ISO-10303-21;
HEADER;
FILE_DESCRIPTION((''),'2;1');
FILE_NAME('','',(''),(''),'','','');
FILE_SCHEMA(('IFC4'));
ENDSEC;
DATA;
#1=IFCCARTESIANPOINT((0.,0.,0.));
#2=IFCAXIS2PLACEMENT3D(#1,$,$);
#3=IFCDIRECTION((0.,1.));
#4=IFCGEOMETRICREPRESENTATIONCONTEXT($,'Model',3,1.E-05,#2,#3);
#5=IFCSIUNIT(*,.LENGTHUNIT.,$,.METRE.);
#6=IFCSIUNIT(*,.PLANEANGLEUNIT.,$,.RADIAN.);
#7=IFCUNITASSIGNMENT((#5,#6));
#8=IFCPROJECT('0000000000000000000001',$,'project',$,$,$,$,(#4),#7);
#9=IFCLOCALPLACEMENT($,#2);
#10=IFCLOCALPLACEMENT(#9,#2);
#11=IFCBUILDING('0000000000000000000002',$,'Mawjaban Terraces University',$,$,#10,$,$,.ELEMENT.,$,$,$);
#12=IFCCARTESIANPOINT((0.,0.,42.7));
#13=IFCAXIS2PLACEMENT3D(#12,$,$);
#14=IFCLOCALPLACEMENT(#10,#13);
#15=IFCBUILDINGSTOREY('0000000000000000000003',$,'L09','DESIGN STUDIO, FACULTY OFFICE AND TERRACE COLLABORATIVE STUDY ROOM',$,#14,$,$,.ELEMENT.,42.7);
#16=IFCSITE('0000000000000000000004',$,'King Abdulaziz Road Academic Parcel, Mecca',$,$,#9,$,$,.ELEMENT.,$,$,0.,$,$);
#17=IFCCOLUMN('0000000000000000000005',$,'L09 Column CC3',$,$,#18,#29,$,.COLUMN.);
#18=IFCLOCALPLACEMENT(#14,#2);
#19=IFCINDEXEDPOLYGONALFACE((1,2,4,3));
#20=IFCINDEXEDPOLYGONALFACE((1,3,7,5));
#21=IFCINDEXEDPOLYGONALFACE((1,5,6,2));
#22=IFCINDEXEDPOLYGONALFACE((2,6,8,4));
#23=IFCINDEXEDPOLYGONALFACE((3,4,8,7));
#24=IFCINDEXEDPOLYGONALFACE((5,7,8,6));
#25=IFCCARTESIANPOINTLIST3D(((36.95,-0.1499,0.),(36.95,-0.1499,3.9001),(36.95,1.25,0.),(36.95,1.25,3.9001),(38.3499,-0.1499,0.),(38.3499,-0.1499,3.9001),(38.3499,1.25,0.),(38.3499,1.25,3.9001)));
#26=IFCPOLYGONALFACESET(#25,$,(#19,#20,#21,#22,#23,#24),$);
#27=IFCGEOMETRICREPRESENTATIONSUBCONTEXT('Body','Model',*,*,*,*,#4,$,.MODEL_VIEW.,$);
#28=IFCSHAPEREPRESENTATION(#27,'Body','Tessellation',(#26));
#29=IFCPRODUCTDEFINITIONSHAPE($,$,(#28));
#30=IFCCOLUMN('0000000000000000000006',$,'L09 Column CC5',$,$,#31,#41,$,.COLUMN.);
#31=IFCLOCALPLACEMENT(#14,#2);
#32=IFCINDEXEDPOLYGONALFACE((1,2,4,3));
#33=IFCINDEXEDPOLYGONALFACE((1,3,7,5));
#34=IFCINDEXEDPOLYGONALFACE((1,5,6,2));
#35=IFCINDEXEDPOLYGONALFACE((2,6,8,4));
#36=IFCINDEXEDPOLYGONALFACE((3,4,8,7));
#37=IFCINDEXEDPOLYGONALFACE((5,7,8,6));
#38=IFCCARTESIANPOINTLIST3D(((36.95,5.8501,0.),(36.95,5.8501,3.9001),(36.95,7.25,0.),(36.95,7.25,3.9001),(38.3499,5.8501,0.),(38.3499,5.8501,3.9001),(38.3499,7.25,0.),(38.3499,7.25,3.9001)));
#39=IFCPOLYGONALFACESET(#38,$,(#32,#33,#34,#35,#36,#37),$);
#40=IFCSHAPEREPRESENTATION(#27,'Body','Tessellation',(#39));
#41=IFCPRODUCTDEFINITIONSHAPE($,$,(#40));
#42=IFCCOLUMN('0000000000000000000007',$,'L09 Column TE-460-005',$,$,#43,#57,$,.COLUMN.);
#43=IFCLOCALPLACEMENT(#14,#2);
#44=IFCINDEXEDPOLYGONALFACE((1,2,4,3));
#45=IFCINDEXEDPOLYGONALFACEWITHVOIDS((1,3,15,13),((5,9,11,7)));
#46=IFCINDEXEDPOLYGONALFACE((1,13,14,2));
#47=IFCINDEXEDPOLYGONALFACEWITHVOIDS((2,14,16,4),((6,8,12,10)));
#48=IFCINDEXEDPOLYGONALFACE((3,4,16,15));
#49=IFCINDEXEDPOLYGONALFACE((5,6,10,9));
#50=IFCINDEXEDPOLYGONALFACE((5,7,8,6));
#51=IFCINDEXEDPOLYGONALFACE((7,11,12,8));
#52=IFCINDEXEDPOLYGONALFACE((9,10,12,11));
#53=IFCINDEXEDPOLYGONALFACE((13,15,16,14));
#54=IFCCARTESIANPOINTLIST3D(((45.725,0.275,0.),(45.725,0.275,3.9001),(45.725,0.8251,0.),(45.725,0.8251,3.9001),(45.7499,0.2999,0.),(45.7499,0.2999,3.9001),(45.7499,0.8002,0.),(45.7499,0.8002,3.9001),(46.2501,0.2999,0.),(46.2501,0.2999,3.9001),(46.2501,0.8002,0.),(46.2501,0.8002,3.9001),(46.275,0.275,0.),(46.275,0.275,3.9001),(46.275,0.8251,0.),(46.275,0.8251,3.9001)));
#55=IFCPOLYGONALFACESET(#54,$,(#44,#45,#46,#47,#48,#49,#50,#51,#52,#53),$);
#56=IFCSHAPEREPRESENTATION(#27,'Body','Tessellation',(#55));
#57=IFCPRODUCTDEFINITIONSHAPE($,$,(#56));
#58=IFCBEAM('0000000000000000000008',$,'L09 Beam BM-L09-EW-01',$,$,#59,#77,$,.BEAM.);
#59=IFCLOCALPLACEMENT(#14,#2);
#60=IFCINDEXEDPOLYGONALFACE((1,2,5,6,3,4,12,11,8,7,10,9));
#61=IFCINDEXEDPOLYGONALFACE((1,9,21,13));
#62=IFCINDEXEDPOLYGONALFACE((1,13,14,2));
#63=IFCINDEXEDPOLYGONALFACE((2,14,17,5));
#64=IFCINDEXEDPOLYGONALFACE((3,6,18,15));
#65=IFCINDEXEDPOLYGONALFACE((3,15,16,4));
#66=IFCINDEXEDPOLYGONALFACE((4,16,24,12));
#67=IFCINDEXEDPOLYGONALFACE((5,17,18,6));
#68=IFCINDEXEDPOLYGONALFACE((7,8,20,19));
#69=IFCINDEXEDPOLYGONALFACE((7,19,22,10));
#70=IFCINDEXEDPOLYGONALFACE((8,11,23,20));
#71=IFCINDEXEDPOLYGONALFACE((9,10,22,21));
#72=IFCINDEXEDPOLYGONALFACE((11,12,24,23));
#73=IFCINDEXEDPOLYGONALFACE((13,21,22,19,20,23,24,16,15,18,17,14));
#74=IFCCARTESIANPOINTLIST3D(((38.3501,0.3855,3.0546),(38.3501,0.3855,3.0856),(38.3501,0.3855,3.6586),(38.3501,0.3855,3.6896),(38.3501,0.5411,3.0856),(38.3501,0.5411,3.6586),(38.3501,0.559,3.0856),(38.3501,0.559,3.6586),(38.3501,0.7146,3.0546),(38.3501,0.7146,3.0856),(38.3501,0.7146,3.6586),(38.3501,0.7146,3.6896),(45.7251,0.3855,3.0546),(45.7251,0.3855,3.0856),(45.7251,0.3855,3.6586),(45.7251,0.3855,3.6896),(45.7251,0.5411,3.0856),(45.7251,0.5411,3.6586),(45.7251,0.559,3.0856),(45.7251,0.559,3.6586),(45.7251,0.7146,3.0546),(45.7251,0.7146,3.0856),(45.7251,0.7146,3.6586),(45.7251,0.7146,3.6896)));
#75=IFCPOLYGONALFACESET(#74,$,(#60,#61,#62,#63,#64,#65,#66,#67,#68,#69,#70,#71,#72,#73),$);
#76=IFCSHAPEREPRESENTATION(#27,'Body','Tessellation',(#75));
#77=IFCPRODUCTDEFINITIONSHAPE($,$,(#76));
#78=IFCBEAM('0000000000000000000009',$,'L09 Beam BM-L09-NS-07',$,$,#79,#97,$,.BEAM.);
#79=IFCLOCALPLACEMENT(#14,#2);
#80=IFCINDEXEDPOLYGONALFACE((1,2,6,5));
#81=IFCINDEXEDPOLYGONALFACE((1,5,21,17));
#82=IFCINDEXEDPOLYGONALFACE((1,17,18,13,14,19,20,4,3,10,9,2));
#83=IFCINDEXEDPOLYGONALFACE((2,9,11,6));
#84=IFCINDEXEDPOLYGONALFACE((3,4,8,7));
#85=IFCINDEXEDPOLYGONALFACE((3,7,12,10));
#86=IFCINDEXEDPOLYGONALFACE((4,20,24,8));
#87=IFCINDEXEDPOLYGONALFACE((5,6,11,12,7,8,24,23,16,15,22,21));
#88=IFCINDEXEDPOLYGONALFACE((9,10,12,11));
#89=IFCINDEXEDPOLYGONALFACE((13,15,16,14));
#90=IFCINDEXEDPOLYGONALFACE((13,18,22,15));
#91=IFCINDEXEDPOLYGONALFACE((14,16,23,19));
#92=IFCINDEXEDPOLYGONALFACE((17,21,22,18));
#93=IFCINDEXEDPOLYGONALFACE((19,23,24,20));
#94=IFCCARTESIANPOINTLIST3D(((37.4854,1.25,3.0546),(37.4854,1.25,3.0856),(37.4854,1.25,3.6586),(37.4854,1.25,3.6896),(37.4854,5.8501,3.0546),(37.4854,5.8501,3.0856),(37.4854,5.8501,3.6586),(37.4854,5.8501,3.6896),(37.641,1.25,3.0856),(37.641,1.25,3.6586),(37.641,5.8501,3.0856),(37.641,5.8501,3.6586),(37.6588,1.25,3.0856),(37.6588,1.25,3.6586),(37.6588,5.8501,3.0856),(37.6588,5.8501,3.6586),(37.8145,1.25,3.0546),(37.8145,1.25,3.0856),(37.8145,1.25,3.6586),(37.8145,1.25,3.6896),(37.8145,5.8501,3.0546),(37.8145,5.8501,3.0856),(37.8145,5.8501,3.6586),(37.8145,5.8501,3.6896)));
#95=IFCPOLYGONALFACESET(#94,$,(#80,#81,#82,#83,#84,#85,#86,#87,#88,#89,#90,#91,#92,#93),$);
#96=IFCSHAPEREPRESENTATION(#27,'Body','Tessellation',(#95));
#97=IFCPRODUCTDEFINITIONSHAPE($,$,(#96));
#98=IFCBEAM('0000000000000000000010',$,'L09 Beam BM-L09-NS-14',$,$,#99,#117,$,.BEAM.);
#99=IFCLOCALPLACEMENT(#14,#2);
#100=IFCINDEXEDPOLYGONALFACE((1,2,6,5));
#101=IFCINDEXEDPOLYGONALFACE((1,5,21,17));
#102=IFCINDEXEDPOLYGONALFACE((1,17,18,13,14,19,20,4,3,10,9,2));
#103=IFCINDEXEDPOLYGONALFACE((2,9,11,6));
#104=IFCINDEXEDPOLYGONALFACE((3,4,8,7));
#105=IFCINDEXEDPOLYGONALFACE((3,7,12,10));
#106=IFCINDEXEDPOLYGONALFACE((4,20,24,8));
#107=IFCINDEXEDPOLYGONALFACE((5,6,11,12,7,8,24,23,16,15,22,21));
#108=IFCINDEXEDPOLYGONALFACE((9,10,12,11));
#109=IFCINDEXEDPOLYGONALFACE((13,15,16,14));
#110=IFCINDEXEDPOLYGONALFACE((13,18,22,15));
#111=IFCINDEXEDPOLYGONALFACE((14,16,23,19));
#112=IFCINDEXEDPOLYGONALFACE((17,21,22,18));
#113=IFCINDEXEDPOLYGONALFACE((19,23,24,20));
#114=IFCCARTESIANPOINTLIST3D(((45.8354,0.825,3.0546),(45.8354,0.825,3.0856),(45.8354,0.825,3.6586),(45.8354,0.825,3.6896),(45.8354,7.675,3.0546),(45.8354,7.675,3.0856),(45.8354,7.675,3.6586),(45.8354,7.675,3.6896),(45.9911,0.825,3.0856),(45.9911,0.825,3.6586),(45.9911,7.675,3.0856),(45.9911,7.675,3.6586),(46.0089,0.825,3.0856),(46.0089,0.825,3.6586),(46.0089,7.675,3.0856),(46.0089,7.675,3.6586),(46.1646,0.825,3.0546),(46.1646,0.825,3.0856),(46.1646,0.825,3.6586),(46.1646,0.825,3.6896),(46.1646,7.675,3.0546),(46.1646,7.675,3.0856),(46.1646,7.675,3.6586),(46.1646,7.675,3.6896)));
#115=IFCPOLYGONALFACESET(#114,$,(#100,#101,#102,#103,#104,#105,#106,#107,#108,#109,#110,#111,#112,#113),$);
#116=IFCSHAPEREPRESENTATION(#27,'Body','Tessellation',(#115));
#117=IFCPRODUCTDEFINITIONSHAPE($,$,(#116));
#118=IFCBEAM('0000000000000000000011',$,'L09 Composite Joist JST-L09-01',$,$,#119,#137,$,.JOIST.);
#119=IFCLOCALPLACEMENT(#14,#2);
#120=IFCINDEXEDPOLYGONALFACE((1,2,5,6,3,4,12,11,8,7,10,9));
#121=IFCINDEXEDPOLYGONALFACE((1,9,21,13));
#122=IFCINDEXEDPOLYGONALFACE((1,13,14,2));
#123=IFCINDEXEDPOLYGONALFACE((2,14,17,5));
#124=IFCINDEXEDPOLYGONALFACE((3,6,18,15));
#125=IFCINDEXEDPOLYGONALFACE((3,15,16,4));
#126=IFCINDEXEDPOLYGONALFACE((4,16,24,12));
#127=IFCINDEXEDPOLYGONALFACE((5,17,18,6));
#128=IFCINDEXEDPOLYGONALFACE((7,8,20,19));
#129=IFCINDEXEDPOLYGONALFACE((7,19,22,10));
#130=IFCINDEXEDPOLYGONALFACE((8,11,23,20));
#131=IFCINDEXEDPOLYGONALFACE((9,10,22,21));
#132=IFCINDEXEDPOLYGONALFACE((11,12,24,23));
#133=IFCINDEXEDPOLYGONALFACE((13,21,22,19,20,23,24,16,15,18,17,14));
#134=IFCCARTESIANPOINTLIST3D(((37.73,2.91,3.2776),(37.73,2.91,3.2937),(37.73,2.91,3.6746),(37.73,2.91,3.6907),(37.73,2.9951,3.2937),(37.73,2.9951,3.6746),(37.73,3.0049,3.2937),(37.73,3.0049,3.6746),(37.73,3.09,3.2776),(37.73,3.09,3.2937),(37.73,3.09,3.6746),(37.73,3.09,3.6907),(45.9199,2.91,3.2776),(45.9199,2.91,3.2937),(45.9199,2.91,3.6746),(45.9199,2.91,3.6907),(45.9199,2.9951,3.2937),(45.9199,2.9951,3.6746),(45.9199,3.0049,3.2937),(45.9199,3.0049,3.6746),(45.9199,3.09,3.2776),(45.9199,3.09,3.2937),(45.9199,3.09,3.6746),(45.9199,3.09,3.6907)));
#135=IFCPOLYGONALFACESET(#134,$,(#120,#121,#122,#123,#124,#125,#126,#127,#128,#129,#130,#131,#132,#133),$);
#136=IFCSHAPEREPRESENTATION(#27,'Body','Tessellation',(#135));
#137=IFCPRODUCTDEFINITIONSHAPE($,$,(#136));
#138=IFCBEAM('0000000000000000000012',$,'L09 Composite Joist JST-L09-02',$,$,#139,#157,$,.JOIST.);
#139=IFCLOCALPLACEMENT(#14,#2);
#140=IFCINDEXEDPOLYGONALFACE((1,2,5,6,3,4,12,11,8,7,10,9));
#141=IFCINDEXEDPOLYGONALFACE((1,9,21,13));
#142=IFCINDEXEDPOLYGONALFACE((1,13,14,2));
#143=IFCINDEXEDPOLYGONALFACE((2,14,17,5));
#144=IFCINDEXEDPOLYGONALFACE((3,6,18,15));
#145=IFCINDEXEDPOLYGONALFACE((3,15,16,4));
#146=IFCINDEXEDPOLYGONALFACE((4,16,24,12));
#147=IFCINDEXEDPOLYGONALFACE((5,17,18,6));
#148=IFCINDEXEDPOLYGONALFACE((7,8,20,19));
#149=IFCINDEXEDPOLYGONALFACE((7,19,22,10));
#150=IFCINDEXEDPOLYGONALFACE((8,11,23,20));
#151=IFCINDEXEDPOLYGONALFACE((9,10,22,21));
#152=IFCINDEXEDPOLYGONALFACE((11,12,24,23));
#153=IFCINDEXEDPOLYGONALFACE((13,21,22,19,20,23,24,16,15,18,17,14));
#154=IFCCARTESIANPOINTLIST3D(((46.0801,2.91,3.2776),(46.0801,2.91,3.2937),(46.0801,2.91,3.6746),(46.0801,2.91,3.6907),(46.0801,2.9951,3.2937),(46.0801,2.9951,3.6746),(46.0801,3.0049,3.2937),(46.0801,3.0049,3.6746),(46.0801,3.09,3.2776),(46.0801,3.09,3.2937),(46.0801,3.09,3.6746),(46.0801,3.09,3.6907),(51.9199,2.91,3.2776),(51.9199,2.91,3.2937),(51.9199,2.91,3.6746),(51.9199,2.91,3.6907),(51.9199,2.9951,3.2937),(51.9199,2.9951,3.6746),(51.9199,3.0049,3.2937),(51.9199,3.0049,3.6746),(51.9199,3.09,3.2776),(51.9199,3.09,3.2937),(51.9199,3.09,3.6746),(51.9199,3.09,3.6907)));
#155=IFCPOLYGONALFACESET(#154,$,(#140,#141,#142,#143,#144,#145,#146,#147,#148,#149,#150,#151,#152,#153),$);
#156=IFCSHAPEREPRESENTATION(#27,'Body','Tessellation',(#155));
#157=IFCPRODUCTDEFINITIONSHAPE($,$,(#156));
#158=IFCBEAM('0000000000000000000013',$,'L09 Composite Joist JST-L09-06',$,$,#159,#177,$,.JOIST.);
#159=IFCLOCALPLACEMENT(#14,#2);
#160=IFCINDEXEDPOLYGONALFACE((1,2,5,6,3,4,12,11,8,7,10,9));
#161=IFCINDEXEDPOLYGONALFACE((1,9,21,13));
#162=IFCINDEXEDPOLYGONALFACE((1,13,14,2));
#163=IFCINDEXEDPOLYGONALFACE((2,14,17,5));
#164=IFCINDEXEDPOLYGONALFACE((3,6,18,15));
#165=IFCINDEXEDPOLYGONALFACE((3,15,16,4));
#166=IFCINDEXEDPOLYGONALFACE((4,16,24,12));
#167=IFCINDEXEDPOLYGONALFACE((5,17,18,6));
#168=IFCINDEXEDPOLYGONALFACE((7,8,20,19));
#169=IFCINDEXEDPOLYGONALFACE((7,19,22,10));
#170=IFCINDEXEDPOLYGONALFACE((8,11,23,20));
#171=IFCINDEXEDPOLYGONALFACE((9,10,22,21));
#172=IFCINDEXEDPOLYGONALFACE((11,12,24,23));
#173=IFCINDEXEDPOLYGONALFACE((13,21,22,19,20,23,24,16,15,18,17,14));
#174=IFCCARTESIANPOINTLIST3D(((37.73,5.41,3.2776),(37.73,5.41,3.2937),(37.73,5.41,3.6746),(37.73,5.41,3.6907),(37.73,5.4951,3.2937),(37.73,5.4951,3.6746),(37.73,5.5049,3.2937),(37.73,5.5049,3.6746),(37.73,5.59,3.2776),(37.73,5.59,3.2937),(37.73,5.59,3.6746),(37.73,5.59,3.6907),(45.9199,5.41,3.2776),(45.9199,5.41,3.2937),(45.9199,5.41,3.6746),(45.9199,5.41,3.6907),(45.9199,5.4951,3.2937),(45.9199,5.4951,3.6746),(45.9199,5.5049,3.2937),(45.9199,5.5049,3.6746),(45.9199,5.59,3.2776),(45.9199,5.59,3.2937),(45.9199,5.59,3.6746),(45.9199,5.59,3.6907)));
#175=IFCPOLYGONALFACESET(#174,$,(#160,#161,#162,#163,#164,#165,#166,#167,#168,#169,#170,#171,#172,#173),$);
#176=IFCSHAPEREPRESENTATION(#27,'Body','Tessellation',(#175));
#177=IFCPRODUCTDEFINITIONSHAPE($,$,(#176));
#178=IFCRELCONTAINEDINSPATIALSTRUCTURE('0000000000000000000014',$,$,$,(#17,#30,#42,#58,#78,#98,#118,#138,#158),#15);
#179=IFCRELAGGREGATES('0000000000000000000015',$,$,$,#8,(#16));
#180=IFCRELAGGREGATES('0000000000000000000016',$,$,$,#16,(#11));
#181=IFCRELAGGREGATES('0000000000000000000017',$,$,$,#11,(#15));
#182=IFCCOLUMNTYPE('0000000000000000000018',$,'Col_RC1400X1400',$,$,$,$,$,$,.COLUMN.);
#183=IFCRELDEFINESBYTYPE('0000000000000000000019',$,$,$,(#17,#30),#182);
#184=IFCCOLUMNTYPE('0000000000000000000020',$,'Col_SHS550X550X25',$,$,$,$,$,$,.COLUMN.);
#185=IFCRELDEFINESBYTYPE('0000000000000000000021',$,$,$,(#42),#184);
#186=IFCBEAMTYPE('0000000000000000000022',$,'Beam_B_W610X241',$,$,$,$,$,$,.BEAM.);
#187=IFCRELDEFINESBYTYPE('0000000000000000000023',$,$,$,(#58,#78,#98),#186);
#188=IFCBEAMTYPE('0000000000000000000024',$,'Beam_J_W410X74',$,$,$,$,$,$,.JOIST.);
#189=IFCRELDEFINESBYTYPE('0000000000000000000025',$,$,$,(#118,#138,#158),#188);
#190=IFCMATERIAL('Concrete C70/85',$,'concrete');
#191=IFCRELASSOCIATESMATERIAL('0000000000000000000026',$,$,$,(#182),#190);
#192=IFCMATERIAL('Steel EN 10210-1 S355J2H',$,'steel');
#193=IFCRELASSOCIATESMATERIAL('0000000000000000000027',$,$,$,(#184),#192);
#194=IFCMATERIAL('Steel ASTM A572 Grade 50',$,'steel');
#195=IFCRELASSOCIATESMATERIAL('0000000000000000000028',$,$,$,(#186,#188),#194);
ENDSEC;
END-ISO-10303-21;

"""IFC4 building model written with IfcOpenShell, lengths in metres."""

from ifc_helpers import new_model, si_unit, direction, frame, origin, origin_2d, place, context, subcontext, project, spatial, rectangle, hollow_rectangle, i_section, extrude, material, material_profile, profile_set, type_object, element, save


model = new_model("IFC4")

# Units and contexts
model_context = context("Model", 3, precision=1e-05, world=origin(), true_north=direction((0.0, 1.0)))
body_context = subcontext(model_context, "Body", "Model", "MODEL_VIEW")
ifc_project = project(units=[si_unit("LENGTHUNIT", "METRE"), si_unit("PLANEANGLEUNIT", "RADIAN")], contexts=[model_context])

# Site, building, storey
site_placement = place(None, origin())
site = spatial("IfcSite", under=ifc_project, at=site_placement, Name="King Abdulaziz Road Academic Parcel, Mecca", CompositionType="ELEMENT", RefElevation=0.0)
building_placement = place(site_placement, origin())
building = spatial("IfcBuilding", under=site, at=building_placement, Name="Mawjaban Terraces University", CompositionType="ELEMENT")
storey_placement = place(building_placement, frame((0.0, 0.0, 42.7)))
storey = spatial("IfcBuildingStorey", under=building, at=storey_placement, Name="L09", Description="DESIGN STUDIO, FACULTY OFFICE AND TERRACE COLLABORATIVE STUDY ROOM", CompositionType="ELEMENT", Elevation=42.7)

# Columns
ifc_material_1 = material(Name="Concrete C70/85", Category="concrete")
ifc_material_profile_1 = material_profile(ifc_material_1, rectangle(XDim=1.3999, YDim=1.3999, at=origin_2d()), Name="RC1400X1400")
ifc_profile_set_1 = profile_set([ifc_material_profile_1], Name="Concrete C70/85")
column_type_1 = type_object("IfcColumnType", Name="Col_RC1400X1400", PredefinedType="COLUMN", material=ifc_profile_set_1)
for number, where, z_axis, x_axis, name in (
    (1, (37.6499, 0.55, 0.0), (0.0, 0.0, 1.0), (1.0, 0.0, 0.0), "L09 Column CC3"),
    (2, (37.6499, 6.55, 0.0), (0.0, 0.0, 1.0), (1.0, 0.0, 0.0), "L09 Column CC5"),
):
    element("IfcColumn", number, at=place(storey_placement, frame(where, z_axis=z_axis, x_axis=x_axis)), inside=storey, type_object=column_type_1, Name=name, PredefinedType="COLUMN", context=body_context, shape_type="SweptSolid", body=[
        extrude(rectangle(XDim=1.3999, YDim=1.3999, at=origin_2d()), origin(), (0.0, 0.0, 1.0), 3.9001),
    ])
ifc_material_2 = material(Name="Steel EN 10210-1 S355J2H", Category="steel")
ifc_material_profile_2 = material_profile(ifc_material_2, hollow_rectangle(XDim=0.55, YDim=0.55, WallThickness=0.0249, at=origin_2d()), Name="SHS550X550X25")
ifc_profile_set_2 = profile_set([ifc_material_profile_2], Name="Steel EN 10210-1 S355J2H")
column_type_2 = type_object("IfcColumnType", Name="Col_SHS550X550X25", PredefinedType="COLUMN", material=ifc_profile_set_2)
column_placement = place(storey_placement, frame((46.0, 0.55, 0.0), z_axis=(0.0, 0.0, 1.0), x_axis=(1.0, 0.0, 0.0)))
element("IfcColumn", 3, at=column_placement, inside=storey, type_object=column_type_2, Name="L09 Column TE-460-005", PredefinedType="COLUMN", context=body_context, shape_type="SweptSolid", body=[
    extrude(hollow_rectangle(XDim=0.55, YDim=0.55, WallThickness=0.0249, at=origin_2d()), origin(), (0.0, 0.0, 1.0), 3.9001),
])

# Beams
ifc_material_3 = material(Name="Steel ASTM A572 Grade 50", Category="steel")
ifc_material_profile_3 = material_profile(ifc_material_3, i_section(OverallWidth=0.3291, OverallDepth=0.635, WebThickness=0.0178, FlangeThickness=0.031, at=origin_2d()), Name="W610X241")
ifc_profile_set_3 = profile_set([ifc_material_profile_3], Name="Steel ASTM A572 Grade 50")
beam_type_1 = type_object("IfcBeamType", Name="Beam_B_W610X241", PredefinedType="BEAM", material=ifc_profile_set_3)
beam_1_placement = place(storey_placement, frame((38.3501, 0.55, 3.3721), z_axis=(1.0, 0.0, 0.0), x_axis=(0.0, 1.0, 0.0)))
element("IfcBeam", 4, at=beam_1_placement, inside=storey, type_object=beam_type_1, Name="L09 Beam BM-L09-EW-01", PredefinedType="BEAM", context=body_context, shape_type="SweptSolid", body=[
    extrude(i_section(OverallWidth=0.3291, OverallDepth=0.635, WebThickness=0.0178, FlangeThickness=0.031, at=origin_2d()), origin(), (0.0, 0.0, 1.0), 7.375),
])
beam_2_placement = place(storey_placement, frame((37.6499, 1.25, 3.3721), z_axis=(0.0, 1.0, 0.0), x_axis=(-1.0, 0.0, 0.0)))
element("IfcBeam", 5, at=beam_2_placement, inside=storey, type_object=beam_type_1, Name="L09 Beam BM-L09-NS-07", PredefinedType="BEAM", context=body_context, shape_type="SweptSolid", body=[
    extrude(i_section(OverallWidth=0.3291, OverallDepth=0.635, WebThickness=0.0178, FlangeThickness=0.031, at=origin_2d()), origin(), (0.0, 0.0, 1.0), 4.6001),
])
beam_3_placement = place(storey_placement, frame((46.0, 0.825, 3.3721), z_axis=(0.0, 1.0, 0.0), x_axis=(-1.0, 0.0, 0.0)))
element("IfcBeam", 6, at=beam_3_placement, inside=storey, type_object=beam_type_1, Name="L09 Beam BM-L09-NS-14", PredefinedType="BEAM", context=body_context, shape_type="SweptSolid", body=[
    extrude(i_section(OverallWidth=0.3291, OverallDepth=0.635, WebThickness=0.0178, FlangeThickness=0.031, at=origin_2d()), origin(), (0.0, 0.0, 1.0), 6.8501),
])
ifc_material_profile_4 = material_profile(ifc_material_3, i_section(OverallWidth=0.1799, OverallDepth=0.4131, WebThickness=0.0098, FlangeThickness=0.0161, at=origin_2d()), Name="W410X74")
ifc_profile_set_4 = profile_set([ifc_material_profile_4], Name="Steel ASTM A572 Grade 50")
beam_type_2 = type_object("IfcBeamType", Name="Beam_J_W410X74", PredefinedType="JOIST", material=ifc_profile_set_4)
beam_4_placement = place(storey_placement, frame((37.73, 3.0, 3.4841), z_axis=(1.0, 0.0, 0.0), x_axis=(0.0, 1.0, 0.0)))
element("IfcBeam", 7, at=beam_4_placement, inside=storey, type_object=beam_type_2, Name="L09 Composite Joist JST-L09-01", PredefinedType="JOIST", context=body_context, shape_type="SweptSolid", body=[
    extrude(i_section(OverallWidth=0.1799, OverallDepth=0.4131, WebThickness=0.0098, FlangeThickness=0.0161, at=origin_2d()), origin(), (0.0, 0.0, 1.0), 8.1899),
])
beam_5_placement = place(storey_placement, frame((46.0801, 3.0, 3.4841), z_axis=(1.0, 0.0, 0.0), x_axis=(0.0, 1.0, 0.0)))
element("IfcBeam", 8, at=beam_5_placement, inside=storey, type_object=beam_type_2, Name="L09 Composite Joist JST-L09-02", PredefinedType="JOIST", context=body_context, shape_type="SweptSolid", body=[
    extrude(i_section(OverallWidth=0.1799, OverallDepth=0.4131, WebThickness=0.0098, FlangeThickness=0.0161, at=origin_2d()), origin(), (0.0, 0.0, 1.0), 5.8398),
])
beam_6_placement = place(storey_placement, frame((37.73, 5.5, 3.4841), z_axis=(1.0, 0.0, 0.0), x_axis=(0.0, 1.0, 0.0)))
element("IfcBeam", 9, at=beam_6_placement, inside=storey, type_object=beam_type_2, Name="L09 Composite Joist JST-L09-06", PredefinedType="JOIST", context=body_context, shape_type="SweptSolid", body=[
    extrude(i_section(OverallWidth=0.1799, OverallDepth=0.4131, WebThickness=0.0098, FlangeThickness=0.0161, at=origin_2d()), origin(), (0.0, 0.0, 1.0), 8.1899),
])

save(model, "model.ifc")
